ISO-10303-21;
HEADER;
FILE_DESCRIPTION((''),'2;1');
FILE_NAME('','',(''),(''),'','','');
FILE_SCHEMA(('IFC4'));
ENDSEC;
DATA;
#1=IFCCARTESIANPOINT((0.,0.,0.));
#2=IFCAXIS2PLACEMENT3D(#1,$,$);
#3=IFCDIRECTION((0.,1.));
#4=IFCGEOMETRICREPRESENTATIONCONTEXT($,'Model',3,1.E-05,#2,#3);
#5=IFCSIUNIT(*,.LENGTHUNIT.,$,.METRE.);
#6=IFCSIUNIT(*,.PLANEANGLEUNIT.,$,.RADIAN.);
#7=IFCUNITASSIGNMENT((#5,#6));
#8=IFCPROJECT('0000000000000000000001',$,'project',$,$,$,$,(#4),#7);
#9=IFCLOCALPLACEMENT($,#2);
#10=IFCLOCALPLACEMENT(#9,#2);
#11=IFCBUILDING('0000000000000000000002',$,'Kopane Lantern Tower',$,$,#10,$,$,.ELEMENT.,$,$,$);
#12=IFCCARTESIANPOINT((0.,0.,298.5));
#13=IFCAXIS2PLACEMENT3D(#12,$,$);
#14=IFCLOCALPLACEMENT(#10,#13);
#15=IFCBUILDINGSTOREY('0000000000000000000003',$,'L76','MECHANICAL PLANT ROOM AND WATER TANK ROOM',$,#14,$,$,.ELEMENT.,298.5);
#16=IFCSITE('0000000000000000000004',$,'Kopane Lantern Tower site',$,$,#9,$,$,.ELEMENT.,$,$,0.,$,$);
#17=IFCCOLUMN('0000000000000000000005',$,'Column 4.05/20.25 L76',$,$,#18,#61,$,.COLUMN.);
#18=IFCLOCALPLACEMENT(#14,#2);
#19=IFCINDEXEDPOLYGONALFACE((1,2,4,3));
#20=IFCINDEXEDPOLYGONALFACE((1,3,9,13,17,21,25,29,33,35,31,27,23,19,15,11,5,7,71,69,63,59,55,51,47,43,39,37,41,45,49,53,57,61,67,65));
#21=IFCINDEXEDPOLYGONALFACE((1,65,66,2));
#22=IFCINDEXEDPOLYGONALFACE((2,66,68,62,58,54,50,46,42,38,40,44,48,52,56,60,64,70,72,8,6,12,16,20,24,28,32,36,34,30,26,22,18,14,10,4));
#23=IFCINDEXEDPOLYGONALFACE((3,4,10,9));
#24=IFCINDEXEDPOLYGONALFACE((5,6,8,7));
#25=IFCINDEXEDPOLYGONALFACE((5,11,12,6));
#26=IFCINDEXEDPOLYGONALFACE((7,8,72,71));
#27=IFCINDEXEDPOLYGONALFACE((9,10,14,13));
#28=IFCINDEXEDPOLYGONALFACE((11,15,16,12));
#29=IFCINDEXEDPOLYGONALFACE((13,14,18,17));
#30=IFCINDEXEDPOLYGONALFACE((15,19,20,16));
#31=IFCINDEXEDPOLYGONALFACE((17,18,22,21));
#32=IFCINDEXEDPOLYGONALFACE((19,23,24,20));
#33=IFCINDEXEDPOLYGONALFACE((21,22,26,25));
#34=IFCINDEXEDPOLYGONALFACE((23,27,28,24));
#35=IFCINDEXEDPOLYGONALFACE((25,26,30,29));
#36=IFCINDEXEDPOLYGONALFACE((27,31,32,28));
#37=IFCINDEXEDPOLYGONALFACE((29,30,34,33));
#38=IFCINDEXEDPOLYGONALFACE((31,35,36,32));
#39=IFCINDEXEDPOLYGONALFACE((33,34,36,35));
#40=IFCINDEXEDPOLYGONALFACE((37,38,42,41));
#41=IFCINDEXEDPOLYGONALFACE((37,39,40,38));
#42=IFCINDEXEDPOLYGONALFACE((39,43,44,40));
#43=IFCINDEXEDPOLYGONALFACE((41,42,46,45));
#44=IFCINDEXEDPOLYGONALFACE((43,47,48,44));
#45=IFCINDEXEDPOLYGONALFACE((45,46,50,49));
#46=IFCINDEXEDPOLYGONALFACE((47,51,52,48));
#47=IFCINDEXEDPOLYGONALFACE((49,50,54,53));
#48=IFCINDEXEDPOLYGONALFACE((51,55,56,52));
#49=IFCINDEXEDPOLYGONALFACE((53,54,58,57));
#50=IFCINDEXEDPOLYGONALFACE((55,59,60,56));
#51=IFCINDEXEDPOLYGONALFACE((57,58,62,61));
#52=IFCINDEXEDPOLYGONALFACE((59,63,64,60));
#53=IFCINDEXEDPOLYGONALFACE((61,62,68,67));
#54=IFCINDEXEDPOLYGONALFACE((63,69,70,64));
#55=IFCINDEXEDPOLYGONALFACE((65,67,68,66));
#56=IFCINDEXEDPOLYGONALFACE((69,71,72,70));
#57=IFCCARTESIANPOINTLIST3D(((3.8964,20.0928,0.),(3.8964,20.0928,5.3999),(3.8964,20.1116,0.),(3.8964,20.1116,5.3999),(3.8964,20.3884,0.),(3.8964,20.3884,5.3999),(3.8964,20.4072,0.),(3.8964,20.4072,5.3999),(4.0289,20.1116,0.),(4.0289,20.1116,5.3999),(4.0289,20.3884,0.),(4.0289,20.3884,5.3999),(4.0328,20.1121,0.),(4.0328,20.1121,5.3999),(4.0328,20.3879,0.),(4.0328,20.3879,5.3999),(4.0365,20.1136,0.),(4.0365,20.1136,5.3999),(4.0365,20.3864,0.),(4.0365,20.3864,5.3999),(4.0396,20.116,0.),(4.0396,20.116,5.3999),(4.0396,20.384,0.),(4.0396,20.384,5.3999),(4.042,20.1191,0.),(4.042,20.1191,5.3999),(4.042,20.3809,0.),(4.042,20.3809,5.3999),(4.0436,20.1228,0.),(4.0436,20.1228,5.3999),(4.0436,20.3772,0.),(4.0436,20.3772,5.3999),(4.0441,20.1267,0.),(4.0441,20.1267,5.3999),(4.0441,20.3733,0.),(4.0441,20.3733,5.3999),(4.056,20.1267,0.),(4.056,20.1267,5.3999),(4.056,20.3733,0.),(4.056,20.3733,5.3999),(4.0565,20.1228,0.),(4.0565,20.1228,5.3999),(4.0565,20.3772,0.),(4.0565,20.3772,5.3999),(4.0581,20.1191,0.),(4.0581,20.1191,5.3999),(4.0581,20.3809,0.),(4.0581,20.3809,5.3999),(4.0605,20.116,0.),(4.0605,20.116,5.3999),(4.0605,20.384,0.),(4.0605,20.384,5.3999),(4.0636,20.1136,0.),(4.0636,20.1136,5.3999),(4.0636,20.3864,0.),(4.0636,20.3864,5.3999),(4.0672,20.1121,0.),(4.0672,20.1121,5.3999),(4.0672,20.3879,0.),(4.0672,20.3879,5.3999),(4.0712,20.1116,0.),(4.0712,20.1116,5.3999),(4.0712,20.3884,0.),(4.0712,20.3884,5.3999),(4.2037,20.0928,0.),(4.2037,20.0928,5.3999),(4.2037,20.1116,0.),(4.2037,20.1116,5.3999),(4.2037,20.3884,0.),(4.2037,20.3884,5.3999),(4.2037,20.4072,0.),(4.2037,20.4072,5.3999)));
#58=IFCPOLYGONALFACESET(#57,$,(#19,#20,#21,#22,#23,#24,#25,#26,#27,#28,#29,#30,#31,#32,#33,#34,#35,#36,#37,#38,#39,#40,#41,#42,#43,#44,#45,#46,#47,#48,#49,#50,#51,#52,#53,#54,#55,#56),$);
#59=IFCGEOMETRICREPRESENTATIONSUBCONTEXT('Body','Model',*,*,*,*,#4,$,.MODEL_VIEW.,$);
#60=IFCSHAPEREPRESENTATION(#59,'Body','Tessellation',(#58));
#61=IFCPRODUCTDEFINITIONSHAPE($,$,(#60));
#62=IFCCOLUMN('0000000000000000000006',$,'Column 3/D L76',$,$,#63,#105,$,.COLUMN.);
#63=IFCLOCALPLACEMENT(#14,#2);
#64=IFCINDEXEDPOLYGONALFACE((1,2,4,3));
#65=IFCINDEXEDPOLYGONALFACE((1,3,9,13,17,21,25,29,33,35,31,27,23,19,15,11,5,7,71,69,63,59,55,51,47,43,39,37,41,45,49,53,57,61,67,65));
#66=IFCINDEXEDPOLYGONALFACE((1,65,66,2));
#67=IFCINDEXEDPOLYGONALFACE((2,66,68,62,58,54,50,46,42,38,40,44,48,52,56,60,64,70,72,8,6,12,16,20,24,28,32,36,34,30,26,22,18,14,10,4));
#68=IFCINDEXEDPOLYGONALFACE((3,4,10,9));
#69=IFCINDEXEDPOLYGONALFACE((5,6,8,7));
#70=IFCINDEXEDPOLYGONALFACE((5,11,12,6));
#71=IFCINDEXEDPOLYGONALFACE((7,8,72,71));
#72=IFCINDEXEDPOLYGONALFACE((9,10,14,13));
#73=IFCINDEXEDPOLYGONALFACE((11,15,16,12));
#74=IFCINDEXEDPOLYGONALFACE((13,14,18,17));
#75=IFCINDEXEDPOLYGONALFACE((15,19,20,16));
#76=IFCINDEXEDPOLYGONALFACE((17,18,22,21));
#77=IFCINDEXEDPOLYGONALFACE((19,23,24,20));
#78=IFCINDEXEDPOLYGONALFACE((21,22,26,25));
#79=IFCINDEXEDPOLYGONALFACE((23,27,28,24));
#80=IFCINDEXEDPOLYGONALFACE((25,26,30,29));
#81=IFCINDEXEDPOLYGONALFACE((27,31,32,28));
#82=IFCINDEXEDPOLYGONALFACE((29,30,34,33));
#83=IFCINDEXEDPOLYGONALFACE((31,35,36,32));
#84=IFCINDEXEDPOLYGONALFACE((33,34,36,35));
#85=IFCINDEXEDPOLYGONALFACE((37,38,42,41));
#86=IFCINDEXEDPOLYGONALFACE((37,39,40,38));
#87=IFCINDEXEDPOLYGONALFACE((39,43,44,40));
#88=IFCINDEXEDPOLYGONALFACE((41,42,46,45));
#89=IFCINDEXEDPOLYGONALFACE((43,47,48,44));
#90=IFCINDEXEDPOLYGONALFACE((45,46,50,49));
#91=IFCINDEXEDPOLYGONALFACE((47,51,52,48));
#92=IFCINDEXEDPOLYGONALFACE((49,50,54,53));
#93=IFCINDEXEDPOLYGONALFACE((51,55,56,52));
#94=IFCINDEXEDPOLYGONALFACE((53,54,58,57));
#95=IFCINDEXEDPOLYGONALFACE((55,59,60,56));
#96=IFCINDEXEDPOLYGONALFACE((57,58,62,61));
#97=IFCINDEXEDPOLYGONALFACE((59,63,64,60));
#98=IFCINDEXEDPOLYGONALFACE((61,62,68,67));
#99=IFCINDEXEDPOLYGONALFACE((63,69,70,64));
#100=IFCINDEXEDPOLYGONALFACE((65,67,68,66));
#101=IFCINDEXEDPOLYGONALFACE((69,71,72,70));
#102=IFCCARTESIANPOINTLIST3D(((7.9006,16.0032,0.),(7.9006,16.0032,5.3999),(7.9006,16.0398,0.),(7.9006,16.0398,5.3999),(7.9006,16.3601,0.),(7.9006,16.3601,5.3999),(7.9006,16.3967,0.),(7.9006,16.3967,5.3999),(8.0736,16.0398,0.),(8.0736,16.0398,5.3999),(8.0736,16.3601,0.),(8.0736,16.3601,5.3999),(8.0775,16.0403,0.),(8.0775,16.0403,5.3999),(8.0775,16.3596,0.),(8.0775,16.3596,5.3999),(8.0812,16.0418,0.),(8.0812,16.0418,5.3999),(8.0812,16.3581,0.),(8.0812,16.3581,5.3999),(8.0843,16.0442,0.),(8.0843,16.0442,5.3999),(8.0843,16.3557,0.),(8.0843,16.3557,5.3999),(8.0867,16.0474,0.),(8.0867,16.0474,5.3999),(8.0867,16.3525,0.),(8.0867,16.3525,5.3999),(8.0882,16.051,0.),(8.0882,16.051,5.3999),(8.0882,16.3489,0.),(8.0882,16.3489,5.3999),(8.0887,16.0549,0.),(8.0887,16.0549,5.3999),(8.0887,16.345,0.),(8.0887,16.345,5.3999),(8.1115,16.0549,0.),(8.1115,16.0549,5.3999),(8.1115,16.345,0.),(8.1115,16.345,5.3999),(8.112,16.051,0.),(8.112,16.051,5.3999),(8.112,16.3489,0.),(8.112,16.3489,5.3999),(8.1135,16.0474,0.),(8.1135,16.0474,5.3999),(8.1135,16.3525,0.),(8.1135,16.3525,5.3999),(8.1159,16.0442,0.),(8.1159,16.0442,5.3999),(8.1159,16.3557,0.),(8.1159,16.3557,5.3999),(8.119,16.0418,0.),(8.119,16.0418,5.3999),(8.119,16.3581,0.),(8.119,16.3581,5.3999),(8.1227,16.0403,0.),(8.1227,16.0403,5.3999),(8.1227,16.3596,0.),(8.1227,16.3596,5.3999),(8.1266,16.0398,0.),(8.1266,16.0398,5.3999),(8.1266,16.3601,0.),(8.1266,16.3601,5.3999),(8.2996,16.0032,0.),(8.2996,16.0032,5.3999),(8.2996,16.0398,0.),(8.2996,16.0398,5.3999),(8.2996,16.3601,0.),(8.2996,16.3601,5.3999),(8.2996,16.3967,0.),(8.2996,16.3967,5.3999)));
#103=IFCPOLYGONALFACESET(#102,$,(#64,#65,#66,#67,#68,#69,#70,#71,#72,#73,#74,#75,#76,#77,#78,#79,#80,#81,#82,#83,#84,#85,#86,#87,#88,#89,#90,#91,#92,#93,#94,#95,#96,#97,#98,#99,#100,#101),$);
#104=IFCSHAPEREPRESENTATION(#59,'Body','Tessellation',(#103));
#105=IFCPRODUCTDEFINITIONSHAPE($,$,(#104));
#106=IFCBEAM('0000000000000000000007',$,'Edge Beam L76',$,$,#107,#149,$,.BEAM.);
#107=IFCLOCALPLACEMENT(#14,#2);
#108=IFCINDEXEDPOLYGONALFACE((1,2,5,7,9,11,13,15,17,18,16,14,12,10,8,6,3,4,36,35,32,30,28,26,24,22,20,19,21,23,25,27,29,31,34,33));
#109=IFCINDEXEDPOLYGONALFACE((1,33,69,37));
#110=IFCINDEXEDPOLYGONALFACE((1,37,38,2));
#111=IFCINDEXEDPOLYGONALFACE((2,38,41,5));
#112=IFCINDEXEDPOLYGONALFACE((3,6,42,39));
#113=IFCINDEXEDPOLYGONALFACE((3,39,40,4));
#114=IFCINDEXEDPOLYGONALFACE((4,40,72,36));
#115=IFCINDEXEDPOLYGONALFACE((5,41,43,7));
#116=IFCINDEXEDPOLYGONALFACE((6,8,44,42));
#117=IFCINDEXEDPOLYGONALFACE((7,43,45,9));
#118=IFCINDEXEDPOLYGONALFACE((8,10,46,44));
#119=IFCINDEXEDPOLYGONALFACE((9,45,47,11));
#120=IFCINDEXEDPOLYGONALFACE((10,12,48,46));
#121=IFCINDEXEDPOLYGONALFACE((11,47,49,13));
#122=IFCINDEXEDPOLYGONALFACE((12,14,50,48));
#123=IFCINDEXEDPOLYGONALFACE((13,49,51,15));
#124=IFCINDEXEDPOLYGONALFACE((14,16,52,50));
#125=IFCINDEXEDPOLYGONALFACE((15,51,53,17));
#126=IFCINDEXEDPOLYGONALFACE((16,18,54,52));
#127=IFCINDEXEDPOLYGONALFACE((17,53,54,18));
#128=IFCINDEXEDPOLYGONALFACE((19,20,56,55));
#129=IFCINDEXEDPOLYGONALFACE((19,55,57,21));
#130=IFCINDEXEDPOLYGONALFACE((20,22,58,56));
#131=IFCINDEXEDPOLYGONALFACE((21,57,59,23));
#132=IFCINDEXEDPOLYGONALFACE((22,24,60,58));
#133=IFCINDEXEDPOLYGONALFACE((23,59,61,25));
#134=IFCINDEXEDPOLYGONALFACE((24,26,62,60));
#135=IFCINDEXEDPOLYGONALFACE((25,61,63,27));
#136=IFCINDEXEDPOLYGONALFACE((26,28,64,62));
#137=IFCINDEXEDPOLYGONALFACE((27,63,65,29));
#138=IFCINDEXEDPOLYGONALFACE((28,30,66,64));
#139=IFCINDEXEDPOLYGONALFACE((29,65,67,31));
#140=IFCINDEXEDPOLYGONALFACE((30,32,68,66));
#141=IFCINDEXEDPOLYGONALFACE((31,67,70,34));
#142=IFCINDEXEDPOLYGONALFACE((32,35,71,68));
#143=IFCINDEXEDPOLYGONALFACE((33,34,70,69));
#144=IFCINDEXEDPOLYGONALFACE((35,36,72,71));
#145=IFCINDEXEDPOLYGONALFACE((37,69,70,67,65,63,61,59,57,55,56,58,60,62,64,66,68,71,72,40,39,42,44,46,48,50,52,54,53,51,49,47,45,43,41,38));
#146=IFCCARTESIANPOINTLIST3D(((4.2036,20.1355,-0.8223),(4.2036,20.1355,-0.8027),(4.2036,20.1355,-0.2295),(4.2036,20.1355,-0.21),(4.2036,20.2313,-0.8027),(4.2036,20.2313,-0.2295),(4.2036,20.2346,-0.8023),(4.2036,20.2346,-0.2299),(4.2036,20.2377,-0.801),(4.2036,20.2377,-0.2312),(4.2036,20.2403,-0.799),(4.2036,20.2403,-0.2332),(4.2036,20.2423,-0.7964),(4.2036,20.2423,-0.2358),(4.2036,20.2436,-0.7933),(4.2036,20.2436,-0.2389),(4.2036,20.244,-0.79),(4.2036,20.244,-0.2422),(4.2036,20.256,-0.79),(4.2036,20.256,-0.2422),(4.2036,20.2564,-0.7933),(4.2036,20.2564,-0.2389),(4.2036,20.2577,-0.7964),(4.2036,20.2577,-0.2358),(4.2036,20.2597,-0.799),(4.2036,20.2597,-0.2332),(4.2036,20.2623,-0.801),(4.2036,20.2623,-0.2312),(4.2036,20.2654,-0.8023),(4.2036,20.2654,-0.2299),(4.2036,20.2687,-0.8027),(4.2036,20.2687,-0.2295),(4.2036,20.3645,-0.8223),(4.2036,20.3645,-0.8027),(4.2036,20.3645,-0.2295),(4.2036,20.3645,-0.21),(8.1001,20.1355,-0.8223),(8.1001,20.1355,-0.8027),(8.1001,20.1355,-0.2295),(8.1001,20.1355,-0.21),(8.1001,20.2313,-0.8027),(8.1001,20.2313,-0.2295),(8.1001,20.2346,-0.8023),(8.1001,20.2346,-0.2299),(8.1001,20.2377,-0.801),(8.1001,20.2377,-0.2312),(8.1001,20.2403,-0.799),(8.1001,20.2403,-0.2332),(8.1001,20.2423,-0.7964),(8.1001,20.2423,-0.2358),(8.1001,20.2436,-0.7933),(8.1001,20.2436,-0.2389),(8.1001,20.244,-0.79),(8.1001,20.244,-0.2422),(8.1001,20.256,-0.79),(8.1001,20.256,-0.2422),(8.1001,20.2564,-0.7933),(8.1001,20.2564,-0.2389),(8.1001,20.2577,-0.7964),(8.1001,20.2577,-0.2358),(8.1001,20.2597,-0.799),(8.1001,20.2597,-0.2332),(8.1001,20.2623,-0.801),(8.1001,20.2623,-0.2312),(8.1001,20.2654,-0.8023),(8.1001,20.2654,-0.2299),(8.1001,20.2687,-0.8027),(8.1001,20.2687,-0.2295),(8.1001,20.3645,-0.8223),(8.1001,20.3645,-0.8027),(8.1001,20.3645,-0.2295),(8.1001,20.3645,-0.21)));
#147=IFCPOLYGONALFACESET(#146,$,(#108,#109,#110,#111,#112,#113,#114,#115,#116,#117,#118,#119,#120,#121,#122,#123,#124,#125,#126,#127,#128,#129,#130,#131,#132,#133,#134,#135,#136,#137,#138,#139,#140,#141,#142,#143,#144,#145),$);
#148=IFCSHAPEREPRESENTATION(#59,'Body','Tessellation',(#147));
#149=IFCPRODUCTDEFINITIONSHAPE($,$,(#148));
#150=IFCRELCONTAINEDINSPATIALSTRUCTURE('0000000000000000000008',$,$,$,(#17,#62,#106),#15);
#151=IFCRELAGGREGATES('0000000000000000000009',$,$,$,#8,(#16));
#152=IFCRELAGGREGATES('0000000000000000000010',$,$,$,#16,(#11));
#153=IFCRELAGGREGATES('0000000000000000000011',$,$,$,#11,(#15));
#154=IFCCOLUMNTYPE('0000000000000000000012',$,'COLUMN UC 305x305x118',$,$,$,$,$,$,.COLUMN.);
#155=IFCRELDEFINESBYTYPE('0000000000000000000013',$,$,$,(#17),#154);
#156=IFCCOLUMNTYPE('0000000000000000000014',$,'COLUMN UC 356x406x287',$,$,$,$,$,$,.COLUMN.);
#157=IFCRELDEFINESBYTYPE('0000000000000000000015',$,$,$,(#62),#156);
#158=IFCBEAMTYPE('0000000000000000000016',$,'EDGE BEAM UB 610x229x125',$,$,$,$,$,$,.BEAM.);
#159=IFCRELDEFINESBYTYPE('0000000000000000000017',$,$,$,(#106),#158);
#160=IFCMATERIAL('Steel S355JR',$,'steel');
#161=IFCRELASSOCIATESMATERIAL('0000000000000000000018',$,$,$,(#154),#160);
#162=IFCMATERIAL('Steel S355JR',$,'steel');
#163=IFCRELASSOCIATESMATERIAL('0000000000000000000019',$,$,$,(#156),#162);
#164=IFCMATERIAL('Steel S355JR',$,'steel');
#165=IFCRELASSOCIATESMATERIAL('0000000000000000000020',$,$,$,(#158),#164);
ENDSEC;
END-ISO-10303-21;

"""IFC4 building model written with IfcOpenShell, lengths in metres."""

from ifc_helpers import new_model, si_unit, direction, frame, origin, origin_2d, place, context, subcontext, project, spatial, i_section, extrude, material, material_profile, profile_set, type_object, element, save


model = new_model("IFC4")

# Units and contexts
model_context = context("Model", 3, precision=1e-05, world=origin(), true_north=direction((0.0, 1.0)))
body_context = subcontext(model_context, "Body", "Model", "MODEL_VIEW")
ifc_project = project(units=[si_unit("LENGTHUNIT", "METRE"), si_unit("PLANEANGLEUNIT", "RADIAN")], contexts=[model_context])

# Site, building, storey
site_placement = place(None, origin())
site = spatial("IfcSite", under=ifc_project, at=site_placement, Name="Kopane Lantern Tower site", CompositionType="ELEMENT", RefElevation=0.0)
building_placement = place(site_placement, origin())
building = spatial("IfcBuilding", under=site, at=building_placement, Name="Kopane Lantern Tower", CompositionType="ELEMENT")
storey_placement = place(building_placement, frame((0.0, 0.0, 298.5)))
storey = spatial("IfcBuildingStorey", under=building, at=storey_placement, Name="L76", Description="MECHANICAL PLANT ROOM AND WATER TANK ROOM", CompositionType="ELEMENT", Elevation=298.5)

# Columns
ifc_material_1 = material(Name="Steel S355JR", Category="steel")
ifc_material_profile_1 = material_profile(ifc_material_1, i_section(OverallWidth=0.3074, OverallDepth=0.3145, WebThickness=0.012, FlangeThickness=0.0188, FilletRadius=0.0151, at=origin_2d()), Name="UC 305x305x118")
ifc_profile_set_1 = profile_set([ifc_material_profile_1], Name="Steel S355JR")
column_type_1 = type_object("IfcColumnType", Name="COLUMN UC 305x305x118", PredefinedType="COLUMN", material=ifc_profile_set_1)
column_1_placement = place(storey_placement, frame((4.05, 20.25, 0.0), z_axis=(0.0, 0.0, 1.0), x_axis=(1.0, 0.0, 0.0)))
element("IfcColumn", 1, at=column_1_placement, inside=storey, type_object=column_type_1, Name="Column 4.05/20.25 L76", PredefinedType="COLUMN", context=body_context, shape_type="SweptSolid", body=[
    extrude(i_section(OverallWidth=0.3074, OverallDepth=0.3145, WebThickness=0.012, FlangeThickness=0.0188, FilletRadius=0.0151, at=origin_2d()), origin(), (0.0, 0.0, 1.0), 5.3999),
])
ifc_material_2 = material(Name="Steel S355JR", Category="steel")
ifc_material_profile_2 = material_profile(ifc_material_2, i_section(OverallWidth=0.3989, OverallDepth=0.3936, WebThickness=0.0227, FlangeThickness=0.0366, FilletRadius=0.0151, at=origin_2d()), Name="UC 356x406x287")
ifc_profile_set_2 = profile_set([ifc_material_profile_2], Name="Steel S355JR")
column_type_2 = type_object("IfcColumnType", Name="COLUMN UC 356x406x287", PredefinedType="COLUMN", material=ifc_profile_set_2)
column_2_placement = place(storey_placement, frame((8.1001, 16.2, 0.0), z_axis=(0.0, 0.0, 1.0), x_axis=(1.0, 0.0, 0.0)))
element("IfcColumn", 2, at=column_2_placement, inside=storey, type_object=column_type_2, Name="Column 3/D L76", PredefinedType="COLUMN", context=body_context, shape_type="SweptSolid", body=[
    extrude(i_section(OverallWidth=0.3989, OverallDepth=0.3936, WebThickness=0.0227, FlangeThickness=0.0366, FilletRadius=0.0151, at=origin_2d()), origin(), (0.0, 0.0, 1.0), 5.3999),
])

# Beam
ifc_material_3 = material(Name="Steel S355JR", Category="steel")
ifc_material_profile_3 = material_profile(ifc_material_3, i_section(OverallWidth=0.229, OverallDepth=0.6123, WebThickness=0.012, FlangeThickness=0.0195, FilletRadius=0.0127, at=origin_2d()), Name="UB 610x229x125")
ifc_profile_set_3 = profile_set([ifc_material_profile_3], Name="Steel S355JR")
beam_type_1 = type_object("IfcBeamType", Name="EDGE BEAM UB 610x229x125", PredefinedType="BEAM", material=ifc_profile_set_3)
beam_1_placement = place(storey_placement, frame((4.2036, 20.25, -0.5161), z_axis=(1.0, 0.0, 0.0), x_axis=(0.0, 1.0, 0.0)))
element("IfcBeam", 3, at=beam_1_placement, inside=storey, type_object=beam_type_1, Name="Edge Beam L76", PredefinedType="BEAM", context=body_context, shape_type="SweptSolid", body=[
    extrude(i_section(OverallWidth=0.229, OverallDepth=0.6123, WebThickness=0.012, FlangeThickness=0.0195, FilletRadius=0.0127, at=origin_2d()), origin(), (0.0, 0.0, 1.0), 3.8965),
])

save(model, "model.ifc")
